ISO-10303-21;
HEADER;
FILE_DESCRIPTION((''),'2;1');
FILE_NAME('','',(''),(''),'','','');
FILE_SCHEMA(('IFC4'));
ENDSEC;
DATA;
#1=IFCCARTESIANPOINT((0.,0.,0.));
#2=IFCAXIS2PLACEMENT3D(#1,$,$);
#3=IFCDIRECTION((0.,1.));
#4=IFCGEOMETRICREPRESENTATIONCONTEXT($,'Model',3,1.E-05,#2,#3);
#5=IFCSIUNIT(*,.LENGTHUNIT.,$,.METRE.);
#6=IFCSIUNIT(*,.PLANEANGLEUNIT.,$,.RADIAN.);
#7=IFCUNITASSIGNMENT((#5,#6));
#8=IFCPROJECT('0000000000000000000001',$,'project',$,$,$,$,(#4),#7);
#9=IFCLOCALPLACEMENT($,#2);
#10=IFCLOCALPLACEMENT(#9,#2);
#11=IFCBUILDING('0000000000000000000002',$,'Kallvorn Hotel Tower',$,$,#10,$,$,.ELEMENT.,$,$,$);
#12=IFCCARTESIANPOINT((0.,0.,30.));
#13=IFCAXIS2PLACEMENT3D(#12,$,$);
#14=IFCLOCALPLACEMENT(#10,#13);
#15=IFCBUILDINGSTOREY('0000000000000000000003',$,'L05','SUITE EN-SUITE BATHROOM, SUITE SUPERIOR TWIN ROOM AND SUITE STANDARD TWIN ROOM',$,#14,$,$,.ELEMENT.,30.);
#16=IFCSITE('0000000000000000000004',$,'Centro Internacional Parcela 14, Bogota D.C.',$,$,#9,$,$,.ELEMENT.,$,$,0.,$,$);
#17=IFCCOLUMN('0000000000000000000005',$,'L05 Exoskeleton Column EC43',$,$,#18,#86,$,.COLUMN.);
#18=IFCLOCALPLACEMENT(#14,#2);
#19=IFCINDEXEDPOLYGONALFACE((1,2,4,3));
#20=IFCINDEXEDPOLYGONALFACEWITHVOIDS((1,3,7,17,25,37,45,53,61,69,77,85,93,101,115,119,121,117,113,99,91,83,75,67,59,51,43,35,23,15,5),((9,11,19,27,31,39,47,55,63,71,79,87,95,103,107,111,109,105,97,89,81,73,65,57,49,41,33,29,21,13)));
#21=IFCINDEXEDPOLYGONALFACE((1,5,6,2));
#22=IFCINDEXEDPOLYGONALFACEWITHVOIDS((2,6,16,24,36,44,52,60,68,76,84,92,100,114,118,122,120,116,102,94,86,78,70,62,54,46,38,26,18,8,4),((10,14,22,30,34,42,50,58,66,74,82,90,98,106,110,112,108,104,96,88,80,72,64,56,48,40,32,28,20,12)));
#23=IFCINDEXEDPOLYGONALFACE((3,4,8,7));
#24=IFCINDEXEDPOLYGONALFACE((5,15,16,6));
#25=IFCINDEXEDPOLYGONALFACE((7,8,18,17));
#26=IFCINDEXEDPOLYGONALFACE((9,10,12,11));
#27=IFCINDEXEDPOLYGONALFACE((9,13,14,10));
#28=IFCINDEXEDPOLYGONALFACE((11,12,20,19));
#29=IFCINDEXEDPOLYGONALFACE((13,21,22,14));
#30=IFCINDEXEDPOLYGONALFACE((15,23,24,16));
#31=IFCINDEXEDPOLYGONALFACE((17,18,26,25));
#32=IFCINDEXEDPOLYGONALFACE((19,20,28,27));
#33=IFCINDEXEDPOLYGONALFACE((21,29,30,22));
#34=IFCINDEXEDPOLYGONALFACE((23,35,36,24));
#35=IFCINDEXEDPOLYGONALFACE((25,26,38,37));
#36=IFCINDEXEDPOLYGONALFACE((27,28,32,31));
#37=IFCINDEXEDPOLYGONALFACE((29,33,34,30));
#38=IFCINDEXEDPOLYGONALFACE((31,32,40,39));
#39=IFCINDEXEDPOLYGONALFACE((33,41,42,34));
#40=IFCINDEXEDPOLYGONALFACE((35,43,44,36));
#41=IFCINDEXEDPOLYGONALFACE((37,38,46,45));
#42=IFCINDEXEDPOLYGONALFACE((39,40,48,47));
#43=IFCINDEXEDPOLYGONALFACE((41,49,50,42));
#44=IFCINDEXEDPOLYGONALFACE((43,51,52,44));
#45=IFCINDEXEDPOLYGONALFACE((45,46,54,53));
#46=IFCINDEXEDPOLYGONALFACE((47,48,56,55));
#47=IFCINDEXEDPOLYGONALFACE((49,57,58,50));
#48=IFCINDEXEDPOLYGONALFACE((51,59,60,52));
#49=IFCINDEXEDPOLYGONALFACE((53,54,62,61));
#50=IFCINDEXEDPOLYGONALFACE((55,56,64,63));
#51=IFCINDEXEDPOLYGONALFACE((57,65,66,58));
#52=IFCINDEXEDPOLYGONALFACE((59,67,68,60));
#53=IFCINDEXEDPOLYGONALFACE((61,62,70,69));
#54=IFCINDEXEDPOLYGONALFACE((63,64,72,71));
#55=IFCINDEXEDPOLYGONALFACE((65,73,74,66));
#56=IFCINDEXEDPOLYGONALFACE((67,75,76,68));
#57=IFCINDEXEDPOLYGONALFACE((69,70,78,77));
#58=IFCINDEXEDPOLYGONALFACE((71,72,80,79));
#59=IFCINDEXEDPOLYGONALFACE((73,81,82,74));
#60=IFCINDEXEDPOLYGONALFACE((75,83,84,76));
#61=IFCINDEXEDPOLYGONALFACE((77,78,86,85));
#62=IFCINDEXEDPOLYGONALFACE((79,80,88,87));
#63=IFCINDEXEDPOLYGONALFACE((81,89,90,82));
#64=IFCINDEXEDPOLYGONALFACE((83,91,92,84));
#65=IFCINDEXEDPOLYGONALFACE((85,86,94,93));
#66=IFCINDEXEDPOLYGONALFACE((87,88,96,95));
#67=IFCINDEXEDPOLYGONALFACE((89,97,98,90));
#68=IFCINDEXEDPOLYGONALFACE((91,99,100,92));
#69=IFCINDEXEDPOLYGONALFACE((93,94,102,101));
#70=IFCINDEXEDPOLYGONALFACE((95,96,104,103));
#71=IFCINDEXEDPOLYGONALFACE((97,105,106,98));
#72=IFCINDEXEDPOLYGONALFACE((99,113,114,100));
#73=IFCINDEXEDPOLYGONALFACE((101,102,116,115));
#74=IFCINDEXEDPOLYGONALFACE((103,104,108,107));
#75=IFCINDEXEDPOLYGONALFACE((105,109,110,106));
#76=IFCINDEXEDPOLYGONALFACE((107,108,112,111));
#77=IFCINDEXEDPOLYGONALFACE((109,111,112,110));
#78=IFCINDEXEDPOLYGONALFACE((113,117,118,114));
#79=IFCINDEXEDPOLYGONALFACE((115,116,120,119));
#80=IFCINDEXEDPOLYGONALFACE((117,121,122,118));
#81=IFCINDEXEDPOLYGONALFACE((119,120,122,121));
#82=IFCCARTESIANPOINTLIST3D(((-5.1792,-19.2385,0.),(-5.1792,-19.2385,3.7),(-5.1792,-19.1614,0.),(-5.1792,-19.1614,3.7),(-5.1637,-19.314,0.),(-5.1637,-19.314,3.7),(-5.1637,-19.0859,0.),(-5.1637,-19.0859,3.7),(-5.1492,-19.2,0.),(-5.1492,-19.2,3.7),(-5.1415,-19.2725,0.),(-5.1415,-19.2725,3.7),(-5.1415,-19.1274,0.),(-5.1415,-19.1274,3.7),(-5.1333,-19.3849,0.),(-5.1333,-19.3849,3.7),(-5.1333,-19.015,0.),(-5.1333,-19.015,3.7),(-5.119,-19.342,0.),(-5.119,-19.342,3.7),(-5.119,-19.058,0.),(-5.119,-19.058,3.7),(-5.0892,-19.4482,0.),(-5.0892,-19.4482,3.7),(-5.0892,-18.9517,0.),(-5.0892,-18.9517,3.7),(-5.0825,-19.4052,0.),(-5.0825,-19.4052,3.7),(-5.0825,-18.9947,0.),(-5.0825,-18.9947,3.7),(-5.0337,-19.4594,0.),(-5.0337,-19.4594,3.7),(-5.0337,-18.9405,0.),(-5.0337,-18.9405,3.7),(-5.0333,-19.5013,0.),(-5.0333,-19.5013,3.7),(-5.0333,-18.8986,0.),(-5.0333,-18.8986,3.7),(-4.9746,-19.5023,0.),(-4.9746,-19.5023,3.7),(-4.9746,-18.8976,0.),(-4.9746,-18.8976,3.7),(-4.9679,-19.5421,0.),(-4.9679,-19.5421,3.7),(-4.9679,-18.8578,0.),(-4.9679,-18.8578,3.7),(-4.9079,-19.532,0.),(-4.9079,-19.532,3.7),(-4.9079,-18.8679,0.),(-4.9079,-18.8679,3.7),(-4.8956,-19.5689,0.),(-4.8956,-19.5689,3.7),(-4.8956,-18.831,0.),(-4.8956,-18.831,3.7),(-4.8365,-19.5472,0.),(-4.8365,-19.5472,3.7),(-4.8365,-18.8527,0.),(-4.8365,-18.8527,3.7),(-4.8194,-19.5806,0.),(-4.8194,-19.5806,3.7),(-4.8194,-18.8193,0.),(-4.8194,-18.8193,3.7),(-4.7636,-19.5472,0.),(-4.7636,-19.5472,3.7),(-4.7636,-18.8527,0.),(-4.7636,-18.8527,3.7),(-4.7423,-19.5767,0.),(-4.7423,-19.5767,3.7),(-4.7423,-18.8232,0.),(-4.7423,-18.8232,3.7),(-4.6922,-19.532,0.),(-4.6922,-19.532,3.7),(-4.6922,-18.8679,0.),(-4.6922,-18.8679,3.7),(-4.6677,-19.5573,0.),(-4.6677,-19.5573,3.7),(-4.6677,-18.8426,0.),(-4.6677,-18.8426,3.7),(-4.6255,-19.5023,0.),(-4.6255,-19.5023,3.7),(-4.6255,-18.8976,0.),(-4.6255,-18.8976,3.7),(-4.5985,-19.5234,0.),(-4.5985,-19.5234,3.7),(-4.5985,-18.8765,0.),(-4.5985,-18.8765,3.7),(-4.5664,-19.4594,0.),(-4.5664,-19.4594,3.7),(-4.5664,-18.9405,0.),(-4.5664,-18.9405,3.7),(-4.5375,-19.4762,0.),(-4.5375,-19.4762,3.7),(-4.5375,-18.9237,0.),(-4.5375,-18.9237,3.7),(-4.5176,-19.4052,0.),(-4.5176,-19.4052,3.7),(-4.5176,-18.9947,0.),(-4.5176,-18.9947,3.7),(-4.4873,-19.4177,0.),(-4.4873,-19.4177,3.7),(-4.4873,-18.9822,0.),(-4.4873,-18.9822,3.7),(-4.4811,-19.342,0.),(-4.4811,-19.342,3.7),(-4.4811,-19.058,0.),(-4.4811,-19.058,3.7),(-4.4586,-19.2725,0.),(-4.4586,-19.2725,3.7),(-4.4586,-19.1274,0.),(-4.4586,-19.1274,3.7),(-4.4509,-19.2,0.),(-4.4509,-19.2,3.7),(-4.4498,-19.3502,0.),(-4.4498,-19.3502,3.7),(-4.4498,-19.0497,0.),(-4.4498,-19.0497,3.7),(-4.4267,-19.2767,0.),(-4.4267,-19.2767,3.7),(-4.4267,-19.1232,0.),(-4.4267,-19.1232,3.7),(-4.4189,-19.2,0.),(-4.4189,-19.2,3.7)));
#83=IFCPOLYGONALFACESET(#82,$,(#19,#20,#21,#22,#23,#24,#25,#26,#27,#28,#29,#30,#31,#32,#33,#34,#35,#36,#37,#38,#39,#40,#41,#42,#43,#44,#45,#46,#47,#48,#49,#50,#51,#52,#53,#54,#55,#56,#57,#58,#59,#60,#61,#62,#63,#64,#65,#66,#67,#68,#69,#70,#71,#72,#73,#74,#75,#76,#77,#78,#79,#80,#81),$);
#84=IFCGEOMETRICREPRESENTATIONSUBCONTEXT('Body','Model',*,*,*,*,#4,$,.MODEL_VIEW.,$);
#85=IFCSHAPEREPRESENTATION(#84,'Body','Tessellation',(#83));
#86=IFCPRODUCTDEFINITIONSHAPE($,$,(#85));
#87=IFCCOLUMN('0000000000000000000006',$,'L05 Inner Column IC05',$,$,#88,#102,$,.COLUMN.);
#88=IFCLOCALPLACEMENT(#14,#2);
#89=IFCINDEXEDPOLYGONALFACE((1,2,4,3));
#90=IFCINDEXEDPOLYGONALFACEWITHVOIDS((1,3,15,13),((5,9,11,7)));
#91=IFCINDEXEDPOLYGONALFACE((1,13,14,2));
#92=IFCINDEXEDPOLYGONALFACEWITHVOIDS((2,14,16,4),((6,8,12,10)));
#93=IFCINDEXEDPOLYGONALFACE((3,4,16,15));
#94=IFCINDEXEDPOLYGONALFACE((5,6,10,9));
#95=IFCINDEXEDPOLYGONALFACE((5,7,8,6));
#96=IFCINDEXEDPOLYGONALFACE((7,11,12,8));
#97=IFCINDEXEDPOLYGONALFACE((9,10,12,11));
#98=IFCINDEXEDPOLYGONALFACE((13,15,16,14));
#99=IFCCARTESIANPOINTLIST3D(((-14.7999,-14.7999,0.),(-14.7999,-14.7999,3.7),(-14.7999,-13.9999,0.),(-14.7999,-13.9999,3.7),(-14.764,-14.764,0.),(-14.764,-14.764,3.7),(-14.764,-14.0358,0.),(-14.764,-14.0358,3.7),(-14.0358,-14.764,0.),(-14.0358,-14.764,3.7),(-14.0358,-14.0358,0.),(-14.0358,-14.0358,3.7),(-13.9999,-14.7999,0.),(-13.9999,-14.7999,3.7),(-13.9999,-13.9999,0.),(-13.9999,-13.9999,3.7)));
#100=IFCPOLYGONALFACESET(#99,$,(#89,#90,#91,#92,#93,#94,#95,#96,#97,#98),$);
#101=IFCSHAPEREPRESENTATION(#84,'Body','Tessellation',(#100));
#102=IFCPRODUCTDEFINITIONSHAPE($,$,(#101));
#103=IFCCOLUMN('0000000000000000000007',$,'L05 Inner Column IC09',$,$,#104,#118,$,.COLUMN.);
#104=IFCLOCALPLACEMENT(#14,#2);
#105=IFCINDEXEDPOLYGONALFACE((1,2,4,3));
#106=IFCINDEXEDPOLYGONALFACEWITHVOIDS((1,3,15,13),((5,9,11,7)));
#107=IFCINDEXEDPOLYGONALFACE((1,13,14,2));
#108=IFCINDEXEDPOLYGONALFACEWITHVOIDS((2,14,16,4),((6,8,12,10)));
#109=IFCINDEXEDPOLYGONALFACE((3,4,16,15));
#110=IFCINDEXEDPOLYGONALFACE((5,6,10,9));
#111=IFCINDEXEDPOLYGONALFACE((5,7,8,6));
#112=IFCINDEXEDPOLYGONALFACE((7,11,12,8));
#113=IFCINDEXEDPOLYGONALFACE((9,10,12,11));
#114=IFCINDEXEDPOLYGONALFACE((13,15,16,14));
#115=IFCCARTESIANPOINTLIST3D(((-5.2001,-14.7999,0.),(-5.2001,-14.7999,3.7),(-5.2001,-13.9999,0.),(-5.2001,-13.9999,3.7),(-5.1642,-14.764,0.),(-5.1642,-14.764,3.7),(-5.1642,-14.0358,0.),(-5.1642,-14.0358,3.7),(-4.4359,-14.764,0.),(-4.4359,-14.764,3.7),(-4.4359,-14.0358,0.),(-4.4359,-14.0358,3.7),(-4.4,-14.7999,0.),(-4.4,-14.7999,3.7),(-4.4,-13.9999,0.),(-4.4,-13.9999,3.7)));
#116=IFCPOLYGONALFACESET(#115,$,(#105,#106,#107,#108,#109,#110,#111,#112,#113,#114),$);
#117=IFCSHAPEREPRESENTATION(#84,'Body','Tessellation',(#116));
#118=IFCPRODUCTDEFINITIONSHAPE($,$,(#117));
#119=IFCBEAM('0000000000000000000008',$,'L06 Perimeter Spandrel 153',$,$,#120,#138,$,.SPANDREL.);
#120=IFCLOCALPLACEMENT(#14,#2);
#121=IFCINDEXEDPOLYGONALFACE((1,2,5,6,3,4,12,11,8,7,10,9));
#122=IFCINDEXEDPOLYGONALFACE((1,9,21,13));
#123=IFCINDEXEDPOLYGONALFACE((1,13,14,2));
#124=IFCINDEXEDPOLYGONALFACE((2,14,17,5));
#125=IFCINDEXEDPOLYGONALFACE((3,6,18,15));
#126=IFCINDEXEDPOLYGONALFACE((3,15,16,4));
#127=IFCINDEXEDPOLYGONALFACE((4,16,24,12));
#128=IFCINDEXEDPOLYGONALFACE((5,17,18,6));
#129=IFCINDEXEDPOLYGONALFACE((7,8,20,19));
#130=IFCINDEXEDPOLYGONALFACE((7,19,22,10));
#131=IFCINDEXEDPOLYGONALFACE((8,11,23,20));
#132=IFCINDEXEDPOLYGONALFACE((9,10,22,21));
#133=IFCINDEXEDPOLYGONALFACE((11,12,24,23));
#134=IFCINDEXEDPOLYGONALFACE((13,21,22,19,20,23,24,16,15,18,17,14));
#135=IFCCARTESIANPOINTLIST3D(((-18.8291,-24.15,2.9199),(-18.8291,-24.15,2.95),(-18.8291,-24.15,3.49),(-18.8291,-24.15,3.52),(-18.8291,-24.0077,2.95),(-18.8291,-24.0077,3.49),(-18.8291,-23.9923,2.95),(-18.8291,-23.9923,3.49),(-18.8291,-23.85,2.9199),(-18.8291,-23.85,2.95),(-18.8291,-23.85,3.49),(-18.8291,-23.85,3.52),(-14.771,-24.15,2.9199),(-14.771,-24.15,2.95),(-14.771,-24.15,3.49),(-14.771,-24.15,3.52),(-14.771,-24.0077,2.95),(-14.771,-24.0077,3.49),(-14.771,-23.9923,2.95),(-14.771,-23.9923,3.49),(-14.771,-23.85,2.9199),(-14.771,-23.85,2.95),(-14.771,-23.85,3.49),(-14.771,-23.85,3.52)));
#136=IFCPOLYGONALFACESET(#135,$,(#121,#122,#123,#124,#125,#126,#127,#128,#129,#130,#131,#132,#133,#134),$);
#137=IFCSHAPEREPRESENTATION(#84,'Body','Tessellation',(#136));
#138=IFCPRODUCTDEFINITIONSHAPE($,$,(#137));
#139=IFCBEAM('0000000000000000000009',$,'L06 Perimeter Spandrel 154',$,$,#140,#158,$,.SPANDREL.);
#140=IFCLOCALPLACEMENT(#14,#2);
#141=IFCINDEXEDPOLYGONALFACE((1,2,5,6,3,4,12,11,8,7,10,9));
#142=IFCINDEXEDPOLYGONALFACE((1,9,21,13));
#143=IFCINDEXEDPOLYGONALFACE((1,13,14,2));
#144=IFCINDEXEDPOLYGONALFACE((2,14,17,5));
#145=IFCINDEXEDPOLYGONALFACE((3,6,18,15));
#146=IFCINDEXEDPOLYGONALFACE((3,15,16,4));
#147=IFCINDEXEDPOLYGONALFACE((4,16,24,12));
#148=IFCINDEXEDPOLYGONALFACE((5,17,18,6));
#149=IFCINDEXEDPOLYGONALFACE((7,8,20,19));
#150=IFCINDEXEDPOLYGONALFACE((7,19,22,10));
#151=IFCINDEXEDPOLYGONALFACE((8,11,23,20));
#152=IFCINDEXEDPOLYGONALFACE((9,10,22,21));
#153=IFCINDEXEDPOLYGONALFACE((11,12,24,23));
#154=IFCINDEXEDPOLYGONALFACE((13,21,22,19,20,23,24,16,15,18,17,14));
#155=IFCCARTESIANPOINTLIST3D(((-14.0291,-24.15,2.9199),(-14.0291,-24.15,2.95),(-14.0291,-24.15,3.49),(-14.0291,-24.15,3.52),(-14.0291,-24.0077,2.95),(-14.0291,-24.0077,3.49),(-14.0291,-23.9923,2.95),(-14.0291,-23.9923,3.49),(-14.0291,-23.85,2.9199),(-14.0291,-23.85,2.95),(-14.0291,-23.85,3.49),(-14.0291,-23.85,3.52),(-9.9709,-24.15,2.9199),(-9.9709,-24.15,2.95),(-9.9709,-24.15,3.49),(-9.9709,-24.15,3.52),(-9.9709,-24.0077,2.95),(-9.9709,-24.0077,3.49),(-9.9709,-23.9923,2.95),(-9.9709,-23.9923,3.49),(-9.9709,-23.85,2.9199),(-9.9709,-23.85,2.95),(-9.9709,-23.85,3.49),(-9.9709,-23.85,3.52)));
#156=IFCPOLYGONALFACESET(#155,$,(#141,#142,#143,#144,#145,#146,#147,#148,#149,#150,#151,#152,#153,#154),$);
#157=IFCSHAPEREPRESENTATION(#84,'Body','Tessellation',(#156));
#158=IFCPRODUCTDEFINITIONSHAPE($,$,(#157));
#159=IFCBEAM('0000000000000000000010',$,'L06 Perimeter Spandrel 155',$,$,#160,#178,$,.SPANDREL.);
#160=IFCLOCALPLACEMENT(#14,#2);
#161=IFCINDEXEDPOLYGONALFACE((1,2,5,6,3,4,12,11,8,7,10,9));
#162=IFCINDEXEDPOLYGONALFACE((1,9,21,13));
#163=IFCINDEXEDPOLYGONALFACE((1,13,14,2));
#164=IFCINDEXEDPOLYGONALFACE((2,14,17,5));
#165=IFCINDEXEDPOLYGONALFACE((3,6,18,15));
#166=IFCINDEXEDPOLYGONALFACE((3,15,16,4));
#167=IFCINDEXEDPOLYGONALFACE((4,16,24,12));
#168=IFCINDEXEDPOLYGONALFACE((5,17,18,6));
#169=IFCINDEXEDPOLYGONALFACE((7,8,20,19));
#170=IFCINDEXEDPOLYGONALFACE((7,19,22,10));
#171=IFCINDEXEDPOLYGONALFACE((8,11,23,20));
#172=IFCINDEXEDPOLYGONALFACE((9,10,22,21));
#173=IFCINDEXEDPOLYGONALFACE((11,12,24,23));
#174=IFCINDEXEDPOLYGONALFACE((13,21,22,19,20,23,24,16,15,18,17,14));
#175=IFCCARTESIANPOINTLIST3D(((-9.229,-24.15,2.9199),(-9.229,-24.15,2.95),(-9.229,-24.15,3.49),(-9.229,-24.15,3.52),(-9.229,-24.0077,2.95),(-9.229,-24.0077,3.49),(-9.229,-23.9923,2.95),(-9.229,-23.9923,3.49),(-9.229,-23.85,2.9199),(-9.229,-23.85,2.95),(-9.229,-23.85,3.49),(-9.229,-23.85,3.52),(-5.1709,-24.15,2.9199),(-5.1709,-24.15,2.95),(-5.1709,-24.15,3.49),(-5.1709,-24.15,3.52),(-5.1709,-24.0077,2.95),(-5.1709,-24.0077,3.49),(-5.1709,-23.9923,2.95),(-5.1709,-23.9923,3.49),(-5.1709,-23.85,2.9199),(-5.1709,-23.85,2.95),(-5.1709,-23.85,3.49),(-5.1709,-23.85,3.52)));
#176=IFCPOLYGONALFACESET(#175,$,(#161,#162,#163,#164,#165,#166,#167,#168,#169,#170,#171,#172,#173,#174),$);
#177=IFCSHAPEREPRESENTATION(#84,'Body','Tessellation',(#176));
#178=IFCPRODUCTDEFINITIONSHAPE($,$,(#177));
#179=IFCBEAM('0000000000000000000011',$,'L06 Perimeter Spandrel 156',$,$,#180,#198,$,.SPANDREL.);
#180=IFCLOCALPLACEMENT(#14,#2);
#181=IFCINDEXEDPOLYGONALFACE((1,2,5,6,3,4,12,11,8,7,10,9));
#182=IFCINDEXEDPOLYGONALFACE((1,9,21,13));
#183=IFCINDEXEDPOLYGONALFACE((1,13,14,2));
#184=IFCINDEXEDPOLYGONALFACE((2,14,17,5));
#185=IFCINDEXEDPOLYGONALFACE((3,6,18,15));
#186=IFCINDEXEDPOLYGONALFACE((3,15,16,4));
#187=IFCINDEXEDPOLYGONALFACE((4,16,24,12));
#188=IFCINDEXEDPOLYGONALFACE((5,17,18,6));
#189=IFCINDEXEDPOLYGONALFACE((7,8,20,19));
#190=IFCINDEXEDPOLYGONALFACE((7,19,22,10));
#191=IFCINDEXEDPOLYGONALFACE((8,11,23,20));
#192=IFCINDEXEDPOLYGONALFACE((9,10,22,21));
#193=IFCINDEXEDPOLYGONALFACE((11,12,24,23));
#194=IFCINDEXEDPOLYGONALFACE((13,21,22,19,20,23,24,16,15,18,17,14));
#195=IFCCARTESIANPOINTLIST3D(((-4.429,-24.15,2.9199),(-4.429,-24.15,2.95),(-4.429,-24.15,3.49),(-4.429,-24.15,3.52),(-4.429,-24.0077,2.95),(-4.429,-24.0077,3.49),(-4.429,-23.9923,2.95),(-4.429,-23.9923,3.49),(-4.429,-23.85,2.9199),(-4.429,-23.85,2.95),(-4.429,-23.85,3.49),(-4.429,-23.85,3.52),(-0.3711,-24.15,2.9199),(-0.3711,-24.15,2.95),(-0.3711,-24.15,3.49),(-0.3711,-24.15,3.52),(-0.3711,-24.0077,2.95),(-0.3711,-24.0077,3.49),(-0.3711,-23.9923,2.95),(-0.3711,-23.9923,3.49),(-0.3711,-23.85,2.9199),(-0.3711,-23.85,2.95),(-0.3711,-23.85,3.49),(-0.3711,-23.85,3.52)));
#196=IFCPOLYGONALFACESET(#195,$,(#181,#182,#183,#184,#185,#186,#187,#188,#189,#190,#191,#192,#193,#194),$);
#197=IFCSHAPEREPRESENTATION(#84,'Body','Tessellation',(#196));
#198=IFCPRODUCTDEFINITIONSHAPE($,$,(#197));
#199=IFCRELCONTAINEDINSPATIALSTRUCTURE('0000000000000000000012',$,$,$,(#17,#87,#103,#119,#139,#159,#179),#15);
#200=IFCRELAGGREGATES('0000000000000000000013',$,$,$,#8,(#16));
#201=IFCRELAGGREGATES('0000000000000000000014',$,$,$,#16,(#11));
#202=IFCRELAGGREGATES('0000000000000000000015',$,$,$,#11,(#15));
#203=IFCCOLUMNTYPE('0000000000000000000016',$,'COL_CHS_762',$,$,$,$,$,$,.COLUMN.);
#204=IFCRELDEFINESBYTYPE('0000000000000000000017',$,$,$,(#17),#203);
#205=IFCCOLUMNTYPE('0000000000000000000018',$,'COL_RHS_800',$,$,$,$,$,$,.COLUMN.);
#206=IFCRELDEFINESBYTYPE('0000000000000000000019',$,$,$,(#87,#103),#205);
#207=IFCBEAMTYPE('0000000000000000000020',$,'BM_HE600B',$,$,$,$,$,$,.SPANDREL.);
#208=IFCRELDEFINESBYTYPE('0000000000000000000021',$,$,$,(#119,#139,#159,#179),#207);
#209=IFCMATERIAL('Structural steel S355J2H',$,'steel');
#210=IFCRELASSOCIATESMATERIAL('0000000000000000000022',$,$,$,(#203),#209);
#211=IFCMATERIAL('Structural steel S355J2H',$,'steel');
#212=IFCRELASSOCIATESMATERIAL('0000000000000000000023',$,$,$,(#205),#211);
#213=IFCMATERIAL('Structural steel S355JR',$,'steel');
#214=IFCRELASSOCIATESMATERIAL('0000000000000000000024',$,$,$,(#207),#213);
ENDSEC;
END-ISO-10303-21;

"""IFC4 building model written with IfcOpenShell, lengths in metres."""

from ifc_helpers import new_model, si_unit, direction, frame, origin, origin_2d, place, context, subcontext, project, spatial, hollow_rectangle, hollow_circle, i_section, extrude, material, material_profile, profile_set, type_object, element, save


model = new_model("IFC4")

# Units and contexts
model_context = context("Model", 3, precision=1e-05, world=origin(), true_north=direction((0.0, 1.0)))
body_context = subcontext(model_context, "Body", "Model", "MODEL_VIEW")
ifc_project = project(units=[si_unit("LENGTHUNIT", "METRE"), si_unit("PLANEANGLEUNIT", "RADIAN")], contexts=[model_context])

# Site, building, storey
site_placement = place(None, origin())
site = spatial("IfcSite", under=ifc_project, at=site_placement, Name="Centro Internacional Parcela 14, Bogota D.C.", CompositionType="ELEMENT", RefElevation=0.0)
building_placement = place(site_placement, origin())
building = spatial("IfcBuilding", under=site, at=building_placement, Name="Kallvorn Hotel Tower", CompositionType="ELEMENT")
storey_placement = place(building_placement, frame((0.0, 0.0, 30.0)))
storey = spatial("IfcBuildingStorey", under=building, at=storey_placement, Name="L05", Description="SUITE EN-SUITE BATHROOM, SUITE SUPERIOR TWIN ROOM AND SUITE STANDARD TWIN ROOM", CompositionType="ELEMENT", Elevation=30.0)

# Columns
ifc_material_1 = material(Name="Structural steel S355J2H", Category="steel")
ifc_material_profile_1 = material_profile(ifc_material_1, hollow_circle(Radius=0.3811, WallThickness=0.032, at=origin_2d()), Name="CHS 762x32")
ifc_profile_set_1 = profile_set([ifc_material_profile_1], Name="Structural steel S355J2H")
column_type_1 = type_object("IfcColumnType", Name="COL_CHS_762", PredefinedType="COLUMN", material=ifc_profile_set_1)
for number, where, z_axis, x_axis, name in (
    (1, (-4.8, -19.2, 0.0), (0.0, 0.0, 1.0), (1.0, 0.0, 0.0), "L05 Exoskeleton Column EC43"),
):
    element("IfcColumn", number, at=place(storey_placement, frame(where, z_axis=z_axis, x_axis=x_axis)), inside=storey, type_object=column_type_1, Name=name, PredefinedType="COLUMN", context=body_context, shape_type="SweptSolid", body=[
        extrude(hollow_circle(Radius=0.3811, WallThickness=0.032, at=origin_2d()), origin(), (0.0, 0.0, 1.0), 3.7),
    ])
ifc_material_2 = material(Name="Structural steel S355J2H", Category="steel")
ifc_material_profile_2 = material_profile(ifc_material_2, hollow_rectangle(XDim=0.8, YDim=0.8, WallThickness=0.0359, at=origin_2d()), Name="RHS 800x800x36")
ifc_profile_set_2 = profile_set([ifc_material_profile_2], Name="Structural steel S355J2H")
column_type_2 = type_object("IfcColumnType", Name="COL_RHS_800", PredefinedType="COLUMN", material=ifc_profile_set_2)
for number, where, z_axis, x_axis, name in (
    (2, (-14.3999, -14.3999, 0.0), (0.0, 0.0, 1.0), (1.0, 0.0, 0.0), "L05 Inner Column IC05"),
    (3, (-4.8, -14.3999, 0.0), (0.0, 0.0, 1.0), (1.0, 0.0, 0.0), "L05 Inner Column IC09"),
):
    element("IfcColumn", number, at=place(storey_placement, frame(where, z_axis=z_axis, x_axis=x_axis)), inside=storey, type_object=column_type_2, Name=name, PredefinedType="COLUMN", context=body_context, shape_type="SweptSolid", body=[
        extrude(hollow_rectangle(XDim=0.8, YDim=0.8, WallThickness=0.0359, at=origin_2d()), origin(), (0.0, 0.0, 1.0), 3.7),
    ])

# Beams
ifc_material_3 = material(Name="Structural steel S355JR", Category="steel")
ifc_material_profile_3 = material_profile(ifc_material_3, i_section(OverallWidth=0.3, OverallDepth=0.6001, WebThickness=0.0154, FlangeThickness=0.03, at=origin_2d()), Name="HE 600 B")
ifc_profile_set_3 = profile_set([ifc_material_profile_3], Name="Structural steel S355JR")
beam_type_1 = type_object("IfcBeamType", Name="BM_HE600B", PredefinedType="SPANDREL", material=ifc_profile_set_3)
for number, where, z_axis, x_axis, name in (
    (4, (-18.8291, -24.0, 3.22), (1.0, 0.0, 0.0), (0.0, 1.0, 0.0), "L06 Perimeter Spandrel 153"),
    (5, (-14.0291, -24.0, 3.22), (1.0, 0.0, 0.0), (0.0, 1.0, 0.0), "L06 Perimeter Spandrel 154"),
    (6, (-9.229, -24.0, 3.22), (1.0, 0.0, 0.0), (0.0, 1.0, 0.0), "L06 Perimeter Spandrel 155"),
):
    element("IfcBeam", number, at=place(storey_placement, frame(where, z_axis=z_axis, x_axis=x_axis)), inside=storey, type_object=beam_type_1, Name=name, PredefinedType="SPANDREL", context=body_context, shape_type="SweptSolid", body=[
        extrude(i_section(OverallWidth=0.3, OverallDepth=0.6001, WebThickness=0.0154, FlangeThickness=0.03, at=origin_2d()), origin(), (0.0, 0.0, 1.0), 4.0581),
    ])
beam_1_placement = place(storey_placement, frame((-4.429, -24.0, 3.22), z_axis=(1.0, 0.0, 0.0), x_axis=(0.0, 1.0, 0.0)))
element("IfcBeam", 7, at=beam_1_placement, inside=storey, type_object=beam_type_1, Name="L06 Perimeter Spandrel 156", PredefinedType="SPANDREL", context=body_context, shape_type="SweptSolid", body=[
    extrude(i_section(OverallWidth=0.3, OverallDepth=0.6001, WebThickness=0.0154, FlangeThickness=0.03, at=origin_2d()), origin(), (0.0, 0.0, 1.0), 4.0579),
])

save(model, "model.ifc")
